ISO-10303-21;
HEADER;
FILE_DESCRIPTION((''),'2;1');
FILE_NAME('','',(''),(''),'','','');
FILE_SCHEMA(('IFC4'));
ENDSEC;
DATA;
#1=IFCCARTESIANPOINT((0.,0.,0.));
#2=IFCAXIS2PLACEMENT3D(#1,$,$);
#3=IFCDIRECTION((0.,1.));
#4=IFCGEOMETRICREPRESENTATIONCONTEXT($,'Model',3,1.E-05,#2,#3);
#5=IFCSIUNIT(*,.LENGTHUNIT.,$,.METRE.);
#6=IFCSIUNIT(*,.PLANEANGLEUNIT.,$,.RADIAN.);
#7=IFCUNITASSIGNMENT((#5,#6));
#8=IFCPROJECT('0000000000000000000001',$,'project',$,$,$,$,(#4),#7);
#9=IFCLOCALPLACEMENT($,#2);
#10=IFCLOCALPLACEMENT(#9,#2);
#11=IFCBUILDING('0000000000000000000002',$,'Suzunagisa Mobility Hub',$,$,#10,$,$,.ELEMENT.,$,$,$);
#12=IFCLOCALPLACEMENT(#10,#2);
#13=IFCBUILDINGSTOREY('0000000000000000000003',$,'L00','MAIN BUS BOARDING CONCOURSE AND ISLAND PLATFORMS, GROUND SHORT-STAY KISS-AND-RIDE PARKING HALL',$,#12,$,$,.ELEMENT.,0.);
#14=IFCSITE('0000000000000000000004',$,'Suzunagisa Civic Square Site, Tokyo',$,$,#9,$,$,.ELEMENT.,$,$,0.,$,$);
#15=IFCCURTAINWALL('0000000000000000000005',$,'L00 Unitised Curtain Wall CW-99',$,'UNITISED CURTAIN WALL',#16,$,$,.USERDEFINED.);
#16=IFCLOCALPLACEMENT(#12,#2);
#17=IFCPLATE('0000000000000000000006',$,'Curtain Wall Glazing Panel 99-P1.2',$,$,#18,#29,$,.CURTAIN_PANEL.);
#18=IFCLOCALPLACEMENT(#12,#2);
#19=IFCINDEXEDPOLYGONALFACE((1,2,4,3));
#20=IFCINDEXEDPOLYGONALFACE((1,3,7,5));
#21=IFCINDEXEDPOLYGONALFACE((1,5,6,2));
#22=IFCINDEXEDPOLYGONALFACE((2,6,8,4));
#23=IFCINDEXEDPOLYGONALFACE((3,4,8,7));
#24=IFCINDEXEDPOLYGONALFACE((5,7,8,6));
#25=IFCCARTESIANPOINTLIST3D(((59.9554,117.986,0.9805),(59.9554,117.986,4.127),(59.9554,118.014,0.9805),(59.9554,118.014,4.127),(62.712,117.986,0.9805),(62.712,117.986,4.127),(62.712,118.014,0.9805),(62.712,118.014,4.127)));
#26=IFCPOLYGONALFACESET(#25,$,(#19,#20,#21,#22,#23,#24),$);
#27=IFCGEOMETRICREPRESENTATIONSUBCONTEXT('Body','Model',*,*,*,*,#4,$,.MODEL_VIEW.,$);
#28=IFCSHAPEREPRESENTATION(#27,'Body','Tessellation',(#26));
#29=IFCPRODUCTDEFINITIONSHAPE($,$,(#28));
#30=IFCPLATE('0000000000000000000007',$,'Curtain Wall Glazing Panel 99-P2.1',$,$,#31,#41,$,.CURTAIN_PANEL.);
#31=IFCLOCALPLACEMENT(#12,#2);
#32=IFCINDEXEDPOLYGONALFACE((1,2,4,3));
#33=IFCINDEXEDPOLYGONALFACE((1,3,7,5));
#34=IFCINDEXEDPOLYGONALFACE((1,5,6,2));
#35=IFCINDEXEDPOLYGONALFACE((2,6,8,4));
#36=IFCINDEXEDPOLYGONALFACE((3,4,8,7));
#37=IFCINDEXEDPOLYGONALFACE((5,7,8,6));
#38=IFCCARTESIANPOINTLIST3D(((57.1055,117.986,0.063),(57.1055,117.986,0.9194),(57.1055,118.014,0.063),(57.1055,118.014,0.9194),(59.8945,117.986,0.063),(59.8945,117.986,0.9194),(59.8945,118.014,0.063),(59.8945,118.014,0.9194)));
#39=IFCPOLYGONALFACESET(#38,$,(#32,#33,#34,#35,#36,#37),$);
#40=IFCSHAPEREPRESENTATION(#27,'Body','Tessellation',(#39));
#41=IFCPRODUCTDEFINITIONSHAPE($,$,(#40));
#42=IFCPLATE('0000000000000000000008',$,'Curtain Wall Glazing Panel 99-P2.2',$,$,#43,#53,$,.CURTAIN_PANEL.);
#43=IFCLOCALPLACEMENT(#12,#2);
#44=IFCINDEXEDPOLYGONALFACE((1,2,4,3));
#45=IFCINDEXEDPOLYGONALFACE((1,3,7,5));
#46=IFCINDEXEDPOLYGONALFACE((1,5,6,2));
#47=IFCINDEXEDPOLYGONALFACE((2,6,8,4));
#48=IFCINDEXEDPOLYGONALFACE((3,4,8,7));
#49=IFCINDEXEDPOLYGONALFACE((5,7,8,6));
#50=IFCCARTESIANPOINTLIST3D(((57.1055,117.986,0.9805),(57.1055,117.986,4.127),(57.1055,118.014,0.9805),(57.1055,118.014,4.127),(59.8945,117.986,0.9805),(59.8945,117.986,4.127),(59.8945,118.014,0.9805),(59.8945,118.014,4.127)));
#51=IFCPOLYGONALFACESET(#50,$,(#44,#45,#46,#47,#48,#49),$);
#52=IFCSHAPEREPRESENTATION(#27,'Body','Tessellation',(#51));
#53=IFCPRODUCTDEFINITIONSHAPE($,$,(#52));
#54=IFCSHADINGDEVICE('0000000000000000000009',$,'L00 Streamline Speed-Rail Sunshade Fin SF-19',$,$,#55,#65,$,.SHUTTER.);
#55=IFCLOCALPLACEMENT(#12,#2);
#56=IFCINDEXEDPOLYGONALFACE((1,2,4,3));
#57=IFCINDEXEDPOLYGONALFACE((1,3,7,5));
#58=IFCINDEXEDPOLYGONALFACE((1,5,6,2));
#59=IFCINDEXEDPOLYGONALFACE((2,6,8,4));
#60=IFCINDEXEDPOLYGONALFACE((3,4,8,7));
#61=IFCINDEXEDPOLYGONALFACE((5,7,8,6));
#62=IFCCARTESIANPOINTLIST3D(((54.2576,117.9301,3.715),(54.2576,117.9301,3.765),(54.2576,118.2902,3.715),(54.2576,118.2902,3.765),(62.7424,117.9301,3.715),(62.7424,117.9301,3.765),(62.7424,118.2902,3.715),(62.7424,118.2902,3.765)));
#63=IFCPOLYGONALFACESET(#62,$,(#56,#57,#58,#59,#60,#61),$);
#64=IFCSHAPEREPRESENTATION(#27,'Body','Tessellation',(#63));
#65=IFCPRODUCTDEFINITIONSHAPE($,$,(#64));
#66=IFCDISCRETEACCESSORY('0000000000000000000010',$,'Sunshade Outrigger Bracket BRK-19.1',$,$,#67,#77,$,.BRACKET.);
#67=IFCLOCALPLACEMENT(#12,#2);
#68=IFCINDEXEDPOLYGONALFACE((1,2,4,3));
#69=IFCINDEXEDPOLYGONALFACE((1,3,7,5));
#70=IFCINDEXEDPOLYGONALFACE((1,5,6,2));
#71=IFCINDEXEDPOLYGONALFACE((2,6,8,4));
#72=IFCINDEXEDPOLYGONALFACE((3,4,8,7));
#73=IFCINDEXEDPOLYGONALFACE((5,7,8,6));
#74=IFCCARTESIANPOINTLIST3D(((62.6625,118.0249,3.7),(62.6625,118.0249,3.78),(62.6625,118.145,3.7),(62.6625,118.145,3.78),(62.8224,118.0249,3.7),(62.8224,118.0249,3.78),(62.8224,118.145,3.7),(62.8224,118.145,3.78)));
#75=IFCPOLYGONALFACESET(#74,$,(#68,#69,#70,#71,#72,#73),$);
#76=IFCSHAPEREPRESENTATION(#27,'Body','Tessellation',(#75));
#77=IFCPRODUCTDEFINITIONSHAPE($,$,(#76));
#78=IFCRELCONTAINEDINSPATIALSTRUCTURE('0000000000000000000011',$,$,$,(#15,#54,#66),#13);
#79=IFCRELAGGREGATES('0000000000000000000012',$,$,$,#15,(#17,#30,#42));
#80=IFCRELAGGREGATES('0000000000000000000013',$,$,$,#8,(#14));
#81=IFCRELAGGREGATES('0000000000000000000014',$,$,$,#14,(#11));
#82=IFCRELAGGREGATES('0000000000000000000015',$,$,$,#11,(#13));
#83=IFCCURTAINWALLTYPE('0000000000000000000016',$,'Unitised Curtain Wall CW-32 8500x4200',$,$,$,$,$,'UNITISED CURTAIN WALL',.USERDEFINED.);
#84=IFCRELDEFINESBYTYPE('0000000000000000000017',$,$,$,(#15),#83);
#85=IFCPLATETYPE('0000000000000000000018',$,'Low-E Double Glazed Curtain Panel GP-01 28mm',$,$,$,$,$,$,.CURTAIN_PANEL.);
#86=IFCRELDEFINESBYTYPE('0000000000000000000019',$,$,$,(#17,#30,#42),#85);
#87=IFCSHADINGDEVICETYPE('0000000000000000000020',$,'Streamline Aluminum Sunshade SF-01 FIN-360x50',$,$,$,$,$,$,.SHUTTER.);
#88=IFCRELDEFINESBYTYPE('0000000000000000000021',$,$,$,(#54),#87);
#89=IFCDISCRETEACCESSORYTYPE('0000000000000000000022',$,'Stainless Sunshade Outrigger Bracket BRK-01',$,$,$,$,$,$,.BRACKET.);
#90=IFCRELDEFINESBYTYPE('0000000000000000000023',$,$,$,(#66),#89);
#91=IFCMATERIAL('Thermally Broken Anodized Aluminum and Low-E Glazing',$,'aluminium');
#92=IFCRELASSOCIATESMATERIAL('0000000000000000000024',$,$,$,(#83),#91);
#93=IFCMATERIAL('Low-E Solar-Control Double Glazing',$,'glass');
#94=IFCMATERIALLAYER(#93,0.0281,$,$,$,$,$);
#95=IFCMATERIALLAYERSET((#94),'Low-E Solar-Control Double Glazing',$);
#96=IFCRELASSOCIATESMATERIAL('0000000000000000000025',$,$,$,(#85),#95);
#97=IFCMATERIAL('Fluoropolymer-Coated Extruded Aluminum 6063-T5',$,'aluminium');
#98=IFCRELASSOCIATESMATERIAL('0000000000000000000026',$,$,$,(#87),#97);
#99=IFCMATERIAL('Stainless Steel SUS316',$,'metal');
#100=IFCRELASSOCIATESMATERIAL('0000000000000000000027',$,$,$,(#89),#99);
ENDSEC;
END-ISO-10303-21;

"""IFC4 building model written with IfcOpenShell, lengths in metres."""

from ifc_helpers import new_model, si_unit, direction, frame, origin, origin_2d, place, context, subcontext, project, spatial, rectangle, extrude, material, layer, layer_set, material_profile, profile_set, type_object, element, aggregate, save


model = new_model("IFC4")

# Units and contexts
model_context = context("Model", 3, precision=1e-05, world=origin(), true_north=direction((0.0, 1.0)))
body_context = subcontext(model_context, "Body", "Model", "MODEL_VIEW")
ifc_project = project(units=[si_unit("LENGTHUNIT", "METRE"), si_unit("PLANEANGLEUNIT", "RADIAN")], contexts=[model_context])

# Site, building, storey
site_placement = place(None, origin())
site = spatial("IfcSite", under=ifc_project, at=site_placement, Name="Suzunagisa Civic Square Site, Tokyo", CompositionType="ELEMENT", RefElevation=0.0)
building_placement = place(site_placement, origin())
building = spatial("IfcBuilding", under=site, at=building_placement, Name="Suzunagisa Mobility Hub", CompositionType="ELEMENT")
storey_placement = place(building_placement, origin())
storey = spatial("IfcBuildingStorey", under=building, at=storey_placement, Name="L00", Description="MAIN BUS BOARDING CONCOURSE AND ISLAND PLATFORMS, GROUND SHORT-STAY KISS-AND-RIDE PARKING HALL", CompositionType="ELEMENT", Elevation=0.0)

# Curtain wall, plates
ifc_material_1 = material(Name="Thermally Broken Anodized Aluminum and Low-E Glazing", Category="aluminium")
curtain_wall_type = type_object("IfcCurtainWallType", Name="Unitised Curtain Wall CW-32 8500x4200", ElementType="UNITISED CURTAIN WALL", PredefinedType="USERDEFINED", material=ifc_material_1)
curtain_wall_placement = place(storey_placement, origin())
curtain_wall = element("IfcCurtainWall", 1, at=curtain_wall_placement, inside=storey, type_object=curtain_wall_type, Name="L00 Unitised Curtain Wall CW-99", ObjectType="UNITISED CURTAIN WALL", PredefinedType="USERDEFINED")
ifc_material_2 = material(Name="Low-E Solar-Control Double Glazing", Category="glass")
ifc_layer = layer(ifc_material_2, 0.0281)
ifc_layer_set = layer_set([ifc_layer], Name="Low-E Solar-Control Double Glazing")
plate_type = type_object("IfcPlateType", Name="Low-E Double Glazed Curtain Panel GP-01 28mm", PredefinedType="CURTAIN_PANEL", material=ifc_layer_set)
plate_1_placement = place(storey_placement, frame((61.3337, 118.0, 0.9805), z_axis=(0.0, 0.0, 1.0), x_axis=(-1.0, 0.0, 0.0)))
plate_1 = element("IfcPlate", 2, at=plate_1_placement, type_object=plate_type, Name="Curtain Wall Glazing Panel 99-P1.2", PredefinedType="CURTAIN_PANEL", context=body_context, shape_type="SweptSolid", body=[
    extrude(rectangle(XDim=2.7566, YDim=0.0281, at=origin_2d()), origin(), (0.0, 0.0, 1.0), 3.1465),
])
plate_2_placement = place(storey_placement, frame((58.5, 118.0, 0.063), z_axis=(0.0, 0.0, 1.0), x_axis=(-1.0, 0.0, 0.0)))
plate_2 = element("IfcPlate", 3, at=plate_2_placement, type_object=plate_type, Name="Curtain Wall Glazing Panel 99-P2.1", PredefinedType="CURTAIN_PANEL", context=body_context, shape_type="SweptSolid", body=[
    extrude(rectangle(XDim=2.7891, YDim=0.0281, at=origin_2d()), origin(), (0.0, 0.0, 1.0), 0.8564),
])
plate_3_placement = place(storey_placement, frame((58.5, 118.0, 0.9805), z_axis=(0.0, 0.0, 1.0), x_axis=(-1.0, 0.0, 0.0)))
plate_3 = element("IfcPlate", 4, at=plate_3_placement, type_object=plate_type, Name="Curtain Wall Glazing Panel 99-P2.2", PredefinedType="CURTAIN_PANEL", context=body_context, shape_type="SweptSolid", body=[
    extrude(rectangle(XDim=2.7891, YDim=0.0281, at=origin_2d()), origin(), (0.0, 0.0, 1.0), 3.1465),
])
aggregate(curtain_wall, [plate_1, plate_2, plate_3])

# Shading device
ifc_material_3 = material(Name="Fluoropolymer-Coated Extruded Aluminum 6063-T5", Category="aluminium")
ifc_material_profile_1 = material_profile(ifc_material_3, rectangle(XDim=0.3601, YDim=0.05, at=origin_2d()), Name="FIN-360x50")
ifc_profile_set_1 = profile_set([ifc_material_profile_1], Name="Fluoropolymer-Coated Extruded Aluminum 6063-T5")
shading_device_type = type_object("IfcShadingDeviceType", Name="Streamline Aluminum Sunshade SF-01 FIN-360x50", PredefinedType="SHUTTER", material=ifc_profile_set_1)
shading_device_placement = place(storey_placement, frame((62.7424, 118.1101, 3.74), z_axis=(-1.0, 0.0, 0.0), x_axis=(0.0, -1.0, 0.0)))
element("IfcShadingDevice", 5, at=shading_device_placement, inside=storey, type_object=shading_device_type, Name="L00 Streamline Speed-Rail Sunshade Fin SF-19", PredefinedType="SHUTTER", context=body_context, shape_type="SweptSolid", body=[
    extrude(rectangle(XDim=0.3601, YDim=0.05, at=origin_2d()), origin(), (0.0, 0.0, 1.0), 8.4849),
])

# Discrete accessory
ifc_material_4 = material(Name="Stainless Steel SUS316", Category="metal")
discrete_accessory_type = type_object("IfcDiscreteAccessoryType", Name="Stainless Sunshade Outrigger Bracket BRK-01", PredefinedType="BRACKET", material=ifc_material_4)
discrete_accessory_placement = place(storey_placement, frame((62.7424, 118.085, 3.7), z_axis=(0.0, 0.0, 1.0), x_axis=(-1.0, 0.0, 0.0)))
element("IfcDiscreteAccessory", 6, at=discrete_accessory_placement, inside=storey, type_object=discrete_accessory_type, Name="Sunshade Outrigger Bracket BRK-19.1", PredefinedType="BRACKET", context=body_context, shape_type="SweptSolid", body=[
    extrude(rectangle(XDim=0.1599, YDim=0.1201, at=origin_2d()), origin(), (0.0, 0.0, 1.0), 0.0801),
])

save(model, "model.ifc")
